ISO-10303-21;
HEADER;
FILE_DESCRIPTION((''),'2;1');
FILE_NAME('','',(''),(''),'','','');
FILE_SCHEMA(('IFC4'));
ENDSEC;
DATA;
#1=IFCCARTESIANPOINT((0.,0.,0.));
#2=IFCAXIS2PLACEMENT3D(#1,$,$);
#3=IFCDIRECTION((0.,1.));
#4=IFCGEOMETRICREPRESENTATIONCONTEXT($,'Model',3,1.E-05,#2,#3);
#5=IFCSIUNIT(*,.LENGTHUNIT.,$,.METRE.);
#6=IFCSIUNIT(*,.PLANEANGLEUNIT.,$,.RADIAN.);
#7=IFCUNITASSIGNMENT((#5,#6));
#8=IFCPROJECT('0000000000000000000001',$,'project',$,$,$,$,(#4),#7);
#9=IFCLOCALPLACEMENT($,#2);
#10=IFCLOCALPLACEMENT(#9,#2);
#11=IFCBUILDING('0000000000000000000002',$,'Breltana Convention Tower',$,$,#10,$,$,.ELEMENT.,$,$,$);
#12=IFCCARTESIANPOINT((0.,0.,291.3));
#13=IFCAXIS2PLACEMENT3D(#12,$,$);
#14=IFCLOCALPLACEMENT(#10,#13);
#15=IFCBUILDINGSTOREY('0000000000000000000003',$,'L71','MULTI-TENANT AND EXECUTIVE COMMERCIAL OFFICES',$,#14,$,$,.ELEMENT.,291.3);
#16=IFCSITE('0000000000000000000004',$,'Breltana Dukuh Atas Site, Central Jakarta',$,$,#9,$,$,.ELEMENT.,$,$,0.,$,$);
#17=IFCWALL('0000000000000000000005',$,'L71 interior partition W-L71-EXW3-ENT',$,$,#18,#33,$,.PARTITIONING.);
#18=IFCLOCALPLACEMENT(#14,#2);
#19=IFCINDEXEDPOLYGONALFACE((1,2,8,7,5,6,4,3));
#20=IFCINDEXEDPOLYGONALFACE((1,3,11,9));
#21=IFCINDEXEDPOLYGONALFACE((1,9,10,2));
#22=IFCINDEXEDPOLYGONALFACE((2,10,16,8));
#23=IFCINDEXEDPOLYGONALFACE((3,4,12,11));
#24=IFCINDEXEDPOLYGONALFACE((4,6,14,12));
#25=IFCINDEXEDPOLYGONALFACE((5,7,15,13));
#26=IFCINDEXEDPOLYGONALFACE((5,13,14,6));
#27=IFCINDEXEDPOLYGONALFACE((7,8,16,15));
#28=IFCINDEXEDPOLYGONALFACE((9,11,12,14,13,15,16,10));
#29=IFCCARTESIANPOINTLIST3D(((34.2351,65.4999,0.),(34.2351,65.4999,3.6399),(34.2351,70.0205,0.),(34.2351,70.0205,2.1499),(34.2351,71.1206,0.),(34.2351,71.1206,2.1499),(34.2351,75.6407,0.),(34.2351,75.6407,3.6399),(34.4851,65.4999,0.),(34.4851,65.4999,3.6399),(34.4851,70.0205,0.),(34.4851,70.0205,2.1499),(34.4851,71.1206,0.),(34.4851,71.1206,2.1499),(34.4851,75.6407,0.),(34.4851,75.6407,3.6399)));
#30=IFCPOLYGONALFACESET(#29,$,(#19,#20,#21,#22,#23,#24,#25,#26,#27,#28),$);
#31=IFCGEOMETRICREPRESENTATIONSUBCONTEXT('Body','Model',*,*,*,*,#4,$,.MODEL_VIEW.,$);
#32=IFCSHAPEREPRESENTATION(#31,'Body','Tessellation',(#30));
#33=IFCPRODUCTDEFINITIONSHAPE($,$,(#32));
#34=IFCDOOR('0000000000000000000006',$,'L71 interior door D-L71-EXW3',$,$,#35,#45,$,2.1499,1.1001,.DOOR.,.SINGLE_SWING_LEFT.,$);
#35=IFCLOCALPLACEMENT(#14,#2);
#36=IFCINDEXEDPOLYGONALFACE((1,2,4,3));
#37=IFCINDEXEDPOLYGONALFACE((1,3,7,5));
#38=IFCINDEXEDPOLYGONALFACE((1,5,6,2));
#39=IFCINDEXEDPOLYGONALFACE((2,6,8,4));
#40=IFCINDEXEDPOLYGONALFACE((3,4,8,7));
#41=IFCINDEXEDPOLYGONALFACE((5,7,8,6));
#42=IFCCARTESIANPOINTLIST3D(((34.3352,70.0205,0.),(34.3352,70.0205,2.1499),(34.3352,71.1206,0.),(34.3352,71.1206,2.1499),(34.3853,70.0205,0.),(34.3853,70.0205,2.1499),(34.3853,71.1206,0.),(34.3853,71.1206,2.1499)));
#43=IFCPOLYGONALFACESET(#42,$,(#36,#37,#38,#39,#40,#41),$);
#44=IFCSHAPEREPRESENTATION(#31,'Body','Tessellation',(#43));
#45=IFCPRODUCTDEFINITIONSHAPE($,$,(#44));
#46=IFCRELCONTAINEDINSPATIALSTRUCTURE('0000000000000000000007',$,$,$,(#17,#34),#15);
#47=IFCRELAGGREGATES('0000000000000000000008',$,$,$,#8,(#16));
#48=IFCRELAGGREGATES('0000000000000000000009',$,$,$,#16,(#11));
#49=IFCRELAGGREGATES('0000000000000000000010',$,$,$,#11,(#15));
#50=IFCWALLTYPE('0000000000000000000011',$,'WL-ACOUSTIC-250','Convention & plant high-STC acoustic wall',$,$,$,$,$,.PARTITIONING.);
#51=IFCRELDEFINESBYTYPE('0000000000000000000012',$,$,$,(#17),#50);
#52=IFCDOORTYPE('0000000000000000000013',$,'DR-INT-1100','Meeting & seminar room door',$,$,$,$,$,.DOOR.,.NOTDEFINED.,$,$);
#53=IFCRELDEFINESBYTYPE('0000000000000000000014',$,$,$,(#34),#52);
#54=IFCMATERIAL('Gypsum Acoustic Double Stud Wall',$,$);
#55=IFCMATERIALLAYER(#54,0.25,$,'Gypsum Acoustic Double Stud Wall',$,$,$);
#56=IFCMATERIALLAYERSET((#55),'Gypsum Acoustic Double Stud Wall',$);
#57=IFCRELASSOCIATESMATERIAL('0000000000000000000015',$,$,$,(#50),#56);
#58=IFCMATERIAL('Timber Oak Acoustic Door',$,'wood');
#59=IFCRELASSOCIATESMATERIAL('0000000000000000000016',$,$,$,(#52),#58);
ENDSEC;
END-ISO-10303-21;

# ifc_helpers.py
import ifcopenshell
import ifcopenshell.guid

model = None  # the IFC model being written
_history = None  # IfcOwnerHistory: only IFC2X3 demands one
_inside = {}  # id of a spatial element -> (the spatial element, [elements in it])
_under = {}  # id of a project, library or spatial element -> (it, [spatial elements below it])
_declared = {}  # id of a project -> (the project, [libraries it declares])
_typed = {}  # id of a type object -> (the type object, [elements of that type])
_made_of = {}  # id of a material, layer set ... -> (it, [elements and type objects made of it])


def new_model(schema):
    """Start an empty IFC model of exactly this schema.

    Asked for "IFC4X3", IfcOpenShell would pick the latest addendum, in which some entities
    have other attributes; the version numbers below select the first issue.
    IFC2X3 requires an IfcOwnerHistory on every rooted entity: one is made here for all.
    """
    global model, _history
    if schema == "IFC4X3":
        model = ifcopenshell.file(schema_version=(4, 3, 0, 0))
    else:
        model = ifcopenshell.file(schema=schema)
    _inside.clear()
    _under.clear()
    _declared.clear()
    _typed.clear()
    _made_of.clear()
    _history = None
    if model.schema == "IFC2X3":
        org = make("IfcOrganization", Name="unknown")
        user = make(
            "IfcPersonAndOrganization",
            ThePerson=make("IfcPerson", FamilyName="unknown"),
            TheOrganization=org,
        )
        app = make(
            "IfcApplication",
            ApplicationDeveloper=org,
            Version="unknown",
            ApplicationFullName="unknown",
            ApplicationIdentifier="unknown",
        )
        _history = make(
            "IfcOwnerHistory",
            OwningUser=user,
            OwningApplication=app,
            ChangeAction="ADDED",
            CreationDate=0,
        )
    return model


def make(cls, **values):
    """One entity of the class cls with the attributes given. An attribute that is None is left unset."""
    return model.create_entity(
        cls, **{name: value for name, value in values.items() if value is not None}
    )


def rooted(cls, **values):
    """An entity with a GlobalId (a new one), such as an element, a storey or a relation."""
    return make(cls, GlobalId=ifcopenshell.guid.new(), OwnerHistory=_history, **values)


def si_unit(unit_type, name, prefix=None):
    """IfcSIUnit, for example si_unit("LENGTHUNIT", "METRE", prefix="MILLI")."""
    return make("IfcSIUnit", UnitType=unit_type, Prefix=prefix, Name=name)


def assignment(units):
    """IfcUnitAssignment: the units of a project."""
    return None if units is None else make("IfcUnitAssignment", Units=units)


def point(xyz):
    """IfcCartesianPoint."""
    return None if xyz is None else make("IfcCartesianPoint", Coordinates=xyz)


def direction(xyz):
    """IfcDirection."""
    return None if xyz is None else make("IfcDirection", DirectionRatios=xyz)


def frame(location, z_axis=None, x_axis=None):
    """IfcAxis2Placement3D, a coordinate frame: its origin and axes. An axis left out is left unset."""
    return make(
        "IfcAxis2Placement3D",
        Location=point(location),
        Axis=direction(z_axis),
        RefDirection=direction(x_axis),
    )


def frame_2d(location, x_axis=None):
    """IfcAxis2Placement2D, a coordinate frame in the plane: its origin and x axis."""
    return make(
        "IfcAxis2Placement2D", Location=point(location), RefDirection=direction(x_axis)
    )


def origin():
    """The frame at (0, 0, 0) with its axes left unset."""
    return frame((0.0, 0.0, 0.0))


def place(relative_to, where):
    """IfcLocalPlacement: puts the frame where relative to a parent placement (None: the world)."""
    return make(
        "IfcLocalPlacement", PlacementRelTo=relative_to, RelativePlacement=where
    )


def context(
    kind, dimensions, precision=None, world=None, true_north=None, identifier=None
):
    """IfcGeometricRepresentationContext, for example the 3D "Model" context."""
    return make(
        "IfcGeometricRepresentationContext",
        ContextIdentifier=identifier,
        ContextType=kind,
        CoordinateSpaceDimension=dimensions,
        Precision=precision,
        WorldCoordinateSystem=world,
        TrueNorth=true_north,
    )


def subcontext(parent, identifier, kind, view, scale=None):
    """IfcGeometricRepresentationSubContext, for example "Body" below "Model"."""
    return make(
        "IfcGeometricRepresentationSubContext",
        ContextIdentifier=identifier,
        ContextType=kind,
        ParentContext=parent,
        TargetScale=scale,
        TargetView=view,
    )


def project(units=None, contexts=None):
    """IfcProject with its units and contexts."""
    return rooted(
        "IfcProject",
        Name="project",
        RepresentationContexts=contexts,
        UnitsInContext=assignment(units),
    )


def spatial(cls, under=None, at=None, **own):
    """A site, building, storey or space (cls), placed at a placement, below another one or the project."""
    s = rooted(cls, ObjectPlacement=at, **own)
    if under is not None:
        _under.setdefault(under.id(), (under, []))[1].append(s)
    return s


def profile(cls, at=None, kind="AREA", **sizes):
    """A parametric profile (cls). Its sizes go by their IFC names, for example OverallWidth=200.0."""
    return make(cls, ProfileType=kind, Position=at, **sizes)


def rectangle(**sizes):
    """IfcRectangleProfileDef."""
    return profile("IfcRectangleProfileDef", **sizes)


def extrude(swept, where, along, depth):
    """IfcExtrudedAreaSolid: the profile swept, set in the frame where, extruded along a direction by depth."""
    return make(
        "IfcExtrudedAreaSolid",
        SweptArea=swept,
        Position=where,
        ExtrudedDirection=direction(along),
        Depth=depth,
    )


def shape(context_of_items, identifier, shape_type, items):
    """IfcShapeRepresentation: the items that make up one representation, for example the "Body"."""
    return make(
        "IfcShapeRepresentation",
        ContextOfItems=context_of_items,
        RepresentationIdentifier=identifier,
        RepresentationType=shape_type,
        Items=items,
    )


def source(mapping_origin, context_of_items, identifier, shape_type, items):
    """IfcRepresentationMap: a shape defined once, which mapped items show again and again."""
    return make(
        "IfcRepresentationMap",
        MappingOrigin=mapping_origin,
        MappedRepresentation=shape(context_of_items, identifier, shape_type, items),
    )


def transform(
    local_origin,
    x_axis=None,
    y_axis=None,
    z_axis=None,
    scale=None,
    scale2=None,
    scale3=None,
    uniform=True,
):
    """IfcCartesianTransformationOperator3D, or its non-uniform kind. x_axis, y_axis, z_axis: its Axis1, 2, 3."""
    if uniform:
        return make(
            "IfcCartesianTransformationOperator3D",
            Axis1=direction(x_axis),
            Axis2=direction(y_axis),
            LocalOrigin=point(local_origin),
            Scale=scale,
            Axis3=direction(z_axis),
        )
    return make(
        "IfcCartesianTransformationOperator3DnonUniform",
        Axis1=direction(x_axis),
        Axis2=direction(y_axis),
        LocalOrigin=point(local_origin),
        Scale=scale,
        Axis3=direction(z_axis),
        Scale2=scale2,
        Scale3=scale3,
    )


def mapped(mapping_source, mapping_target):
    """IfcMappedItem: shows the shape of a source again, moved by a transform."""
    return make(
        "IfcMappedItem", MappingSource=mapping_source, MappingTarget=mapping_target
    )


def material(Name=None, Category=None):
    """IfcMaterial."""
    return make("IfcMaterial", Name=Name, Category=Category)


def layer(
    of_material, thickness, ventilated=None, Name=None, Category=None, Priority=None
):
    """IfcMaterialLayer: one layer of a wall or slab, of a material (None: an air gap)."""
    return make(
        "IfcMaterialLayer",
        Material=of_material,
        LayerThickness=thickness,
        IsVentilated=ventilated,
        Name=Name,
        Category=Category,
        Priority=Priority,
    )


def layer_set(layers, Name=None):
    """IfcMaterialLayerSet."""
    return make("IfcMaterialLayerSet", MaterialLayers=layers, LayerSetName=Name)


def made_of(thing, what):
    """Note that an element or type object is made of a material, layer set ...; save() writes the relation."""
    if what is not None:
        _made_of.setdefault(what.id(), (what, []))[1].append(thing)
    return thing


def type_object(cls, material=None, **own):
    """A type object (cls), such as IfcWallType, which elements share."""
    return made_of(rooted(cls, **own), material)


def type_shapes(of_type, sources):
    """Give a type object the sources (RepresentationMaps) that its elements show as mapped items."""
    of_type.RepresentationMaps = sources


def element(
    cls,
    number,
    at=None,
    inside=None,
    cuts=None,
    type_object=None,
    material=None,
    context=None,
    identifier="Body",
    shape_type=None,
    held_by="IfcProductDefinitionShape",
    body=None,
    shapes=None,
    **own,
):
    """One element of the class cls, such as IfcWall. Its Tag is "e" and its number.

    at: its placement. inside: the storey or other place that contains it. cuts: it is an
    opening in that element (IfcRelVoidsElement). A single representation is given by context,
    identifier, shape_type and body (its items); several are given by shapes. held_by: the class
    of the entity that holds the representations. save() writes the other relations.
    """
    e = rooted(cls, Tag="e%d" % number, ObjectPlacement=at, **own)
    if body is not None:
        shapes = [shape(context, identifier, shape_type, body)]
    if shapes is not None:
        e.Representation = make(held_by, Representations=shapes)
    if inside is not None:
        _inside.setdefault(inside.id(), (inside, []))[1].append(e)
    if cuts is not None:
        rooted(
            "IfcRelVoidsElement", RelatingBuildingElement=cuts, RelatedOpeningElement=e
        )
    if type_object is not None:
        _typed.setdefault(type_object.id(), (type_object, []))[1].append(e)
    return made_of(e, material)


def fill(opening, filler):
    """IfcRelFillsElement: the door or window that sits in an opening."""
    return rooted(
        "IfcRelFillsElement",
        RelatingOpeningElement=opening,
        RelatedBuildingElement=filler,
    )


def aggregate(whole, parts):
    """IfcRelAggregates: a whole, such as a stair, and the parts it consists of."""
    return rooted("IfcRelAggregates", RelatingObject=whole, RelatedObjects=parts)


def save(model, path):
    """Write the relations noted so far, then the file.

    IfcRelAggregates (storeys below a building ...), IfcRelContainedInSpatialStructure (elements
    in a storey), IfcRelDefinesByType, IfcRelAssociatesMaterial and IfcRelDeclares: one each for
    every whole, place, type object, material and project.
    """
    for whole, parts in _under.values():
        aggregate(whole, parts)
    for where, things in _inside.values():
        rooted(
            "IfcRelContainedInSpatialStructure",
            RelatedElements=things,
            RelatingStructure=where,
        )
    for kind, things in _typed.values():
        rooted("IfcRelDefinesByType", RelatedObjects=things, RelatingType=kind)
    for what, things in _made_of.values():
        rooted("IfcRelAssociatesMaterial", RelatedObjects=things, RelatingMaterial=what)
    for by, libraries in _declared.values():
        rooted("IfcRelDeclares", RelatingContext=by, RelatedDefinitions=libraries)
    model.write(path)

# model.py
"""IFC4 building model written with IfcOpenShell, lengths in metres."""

from ifc_helpers import new_model, si_unit, direction, frame, frame_2d, origin, place, context, subcontext, project, spatial, rectangle, extrude, source, transform, mapped, material, layer, layer_set, type_object, type_shapes, element, fill, save


model = new_model("IFC4")

# Units and contexts
model_context = context("Model", 3, precision=1e-05, world=origin(), true_north=direction((0.0, 1.0)))
body_context = subcontext(model_context, "Body", "Model", "MODEL_VIEW")
ifc_project = project(units=[si_unit("LENGTHUNIT", "METRE"), si_unit("PLANEANGLEUNIT", "RADIAN")], contexts=[model_context])

# Site, building, storey
site_placement = place(None, origin())
site = spatial("IfcSite", under=ifc_project, at=site_placement, Name="Breltana Dukuh Atas Site, Central Jakarta", CompositionType="ELEMENT", RefElevation=0.0)
building_placement = place(site_placement, origin())
building = spatial("IfcBuilding", under=site, at=building_placement, Name="Breltana Convention Tower", CompositionType="ELEMENT")
storey_placement = place(building_placement, frame((0.0, 0.0, 291.3)))
storey = spatial("IfcBuildingStorey", under=building, at=storey_placement, Name="L71", Description="MULTI-TENANT AND EXECUTIVE COMMERCIAL OFFICES", CompositionType="ELEMENT", Elevation=291.3)

# Shared definitions
ifc_material_1 = material(Name="Gypsum Acoustic Double Stud Wall")
ifc_layer_1 = layer(ifc_material_1, 0.25, Name="Gypsum Acoustic Double Stud Wall")
ifc_layer_set_1 = layer_set([ifc_layer_1], Name="Gypsum Acoustic Double Stud Wall")
wall_type_1 = type_object("IfcWallType", Name="WL-ACOUSTIC-250", Description="Convention & plant high-STC acoustic wall", PredefinedType="PARTITIONING", material=ifc_layer_set_1)

# Wall, opening, door
shared_shape_1 = source(origin(), body_context, "Body", "SweptSolid", [
    extrude(rectangle(XDim=10.1409, YDim=0.25, at=frame_2d((5.0703, 0.0))), origin(), (0.0, 0.0, 1.0), 3.6399),
])
wall_1_placement = place(storey_placement, frame((34.3601, 65.5, 0.0), z_axis=(0.0, 0.0, 1.0), x_axis=(0.0, 1.0, 0.0)))
wall_1 = element("IfcWall", 1, at=wall_1_placement, inside=storey, type_object=wall_type_1, Name="L71 interior partition W-L71-EXW3-ENT", PredefinedType="PARTITIONING", context=body_context, shape_type="MappedRepresentation", body=[
    mapped(shared_shape_1, transform((0.0, 0.0, 0.0), scale=1.0)),
])
opening_placement = place(wall_1_placement, frame((4.5205, 0.0, 0.0)))
opening = element("IfcOpeningElement", 2, at=opening_placement, cuts=wall_1, PredefinedType="OPENING", context=body_context, shape_type="SweptSolid", body=[
    extrude(rectangle(XDim=1.1001, YDim=2.1499, at=frame_2d((0.55, 1.075))), frame((0.0, 0.135, 0.0), z_axis=(0.0, -1.0, 0.0), x_axis=(1.0, 0.0, 0.0)), (0.0, 0.0, 1.0), 0.27),
])
ifc_material_2 = material(Name="Timber Oak Acoustic Door", Category="wood")
door_type = type_object("IfcDoorType", Name="DR-INT-1100", Description="Meeting & seminar room door", OperationType="NOTDEFINED", PredefinedType="DOOR", material=ifc_material_2)
shared_shape_2 = source(origin(), body_context, "Body", "SweptSolid", [
    extrude(rectangle(XDim=1.1001, YDim=2.1499, at=frame_2d((0.55, 1.075))), frame((0.0, 0.0249, 0.0), z_axis=(0.0, -1.0, 0.0), x_axis=(1.0, 0.0, 0.0)), (0.0, 0.0, 1.0), 0.05),
])
type_shapes(door_type, [shared_shape_2])
door_placement = place(opening_placement, origin())
door = element("IfcDoor", 3, at=door_placement, inside=storey, type_object=door_type, Name="L71 interior door D-L71-EXW3", OperationType="SINGLE_SWING_LEFT", OverallHeight=2.1499, OverallWidth=1.1001, PredefinedType="DOOR", context=body_context, shape_type="MappedRepresentation", body=[
    mapped(shared_shape_2, transform((0.0, 0.0, 0.0), scale=1.0)),
])
fill(opening, door)

save(model, "model.ifc")
